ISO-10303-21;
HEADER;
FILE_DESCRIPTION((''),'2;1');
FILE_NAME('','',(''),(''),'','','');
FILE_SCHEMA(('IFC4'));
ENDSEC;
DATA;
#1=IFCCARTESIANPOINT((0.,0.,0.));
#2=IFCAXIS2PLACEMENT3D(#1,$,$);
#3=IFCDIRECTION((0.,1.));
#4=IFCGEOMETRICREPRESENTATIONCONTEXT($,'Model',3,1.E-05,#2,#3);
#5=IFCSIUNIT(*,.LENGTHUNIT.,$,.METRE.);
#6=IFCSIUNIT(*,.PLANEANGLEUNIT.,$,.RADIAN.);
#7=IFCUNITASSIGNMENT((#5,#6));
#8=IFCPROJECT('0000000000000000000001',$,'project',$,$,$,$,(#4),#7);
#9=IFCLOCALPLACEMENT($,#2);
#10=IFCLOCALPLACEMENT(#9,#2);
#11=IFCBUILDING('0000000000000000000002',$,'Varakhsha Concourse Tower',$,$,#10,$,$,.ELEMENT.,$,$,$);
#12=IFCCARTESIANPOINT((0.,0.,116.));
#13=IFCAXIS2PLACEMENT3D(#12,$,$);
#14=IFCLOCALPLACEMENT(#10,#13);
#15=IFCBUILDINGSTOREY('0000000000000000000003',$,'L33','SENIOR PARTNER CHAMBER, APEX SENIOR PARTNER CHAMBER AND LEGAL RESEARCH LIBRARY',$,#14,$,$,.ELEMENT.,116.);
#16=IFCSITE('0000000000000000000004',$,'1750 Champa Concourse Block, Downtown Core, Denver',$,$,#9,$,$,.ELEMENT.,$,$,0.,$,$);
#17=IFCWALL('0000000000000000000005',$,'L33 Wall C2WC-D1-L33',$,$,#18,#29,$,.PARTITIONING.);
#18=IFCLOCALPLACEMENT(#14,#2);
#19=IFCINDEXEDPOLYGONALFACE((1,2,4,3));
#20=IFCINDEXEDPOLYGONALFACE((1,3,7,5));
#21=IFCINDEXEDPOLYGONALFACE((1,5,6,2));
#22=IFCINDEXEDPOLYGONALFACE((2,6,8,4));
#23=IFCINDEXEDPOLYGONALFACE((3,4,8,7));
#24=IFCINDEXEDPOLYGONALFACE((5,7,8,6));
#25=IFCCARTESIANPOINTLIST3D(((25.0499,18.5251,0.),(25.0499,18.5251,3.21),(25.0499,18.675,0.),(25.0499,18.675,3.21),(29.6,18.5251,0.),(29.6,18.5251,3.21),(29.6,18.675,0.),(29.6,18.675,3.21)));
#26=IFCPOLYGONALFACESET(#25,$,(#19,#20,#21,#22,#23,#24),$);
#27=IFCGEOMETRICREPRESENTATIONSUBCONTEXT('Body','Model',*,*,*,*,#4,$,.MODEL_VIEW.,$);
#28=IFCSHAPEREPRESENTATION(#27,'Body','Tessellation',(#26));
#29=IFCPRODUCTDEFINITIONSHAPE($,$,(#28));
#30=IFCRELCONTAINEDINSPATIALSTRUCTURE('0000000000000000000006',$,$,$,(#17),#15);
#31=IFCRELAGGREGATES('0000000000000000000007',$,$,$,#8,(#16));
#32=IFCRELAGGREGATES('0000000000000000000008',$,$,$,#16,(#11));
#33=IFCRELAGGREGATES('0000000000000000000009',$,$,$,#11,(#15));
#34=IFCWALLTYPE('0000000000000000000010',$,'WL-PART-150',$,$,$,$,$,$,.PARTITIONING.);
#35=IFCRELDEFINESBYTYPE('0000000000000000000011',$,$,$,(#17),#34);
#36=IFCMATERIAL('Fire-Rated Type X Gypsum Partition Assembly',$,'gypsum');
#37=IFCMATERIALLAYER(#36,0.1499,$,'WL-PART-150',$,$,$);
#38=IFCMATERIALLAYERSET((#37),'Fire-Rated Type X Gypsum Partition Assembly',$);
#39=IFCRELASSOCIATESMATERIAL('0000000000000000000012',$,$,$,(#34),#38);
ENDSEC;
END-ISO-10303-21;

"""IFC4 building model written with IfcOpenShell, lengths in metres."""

from ifc_helpers import new_model, si_unit, direction, frame, frame_2d, origin, place, context, subcontext, project, spatial, rectangle, extrude, material, layer, layer_set, type_object, element, save


model = new_model("IFC4")

# Units and contexts
model_context = context("Model", 3, precision=1e-05, world=origin(), true_north=direction((0.0, 1.0)))
body_context = subcontext(model_context, "Body", "Model", "MODEL_VIEW")
ifc_project = project(units=[si_unit("LENGTHUNIT", "METRE"), si_unit("PLANEANGLEUNIT", "RADIAN")], contexts=[model_context])

# Site, building, storey
site_placement = place(None, origin())
site = spatial("IfcSite", under=ifc_project, at=site_placement, Name="1750 Champa Concourse Block, Downtown Core, Denver", CompositionType="ELEMENT", RefElevation=0.0)
building_placement = place(site_placement, origin())
building = spatial("IfcBuilding", under=site, at=building_placement, Name="Varakhsha Concourse Tower", CompositionType="ELEMENT")
storey_placement = place(building_placement, frame((0.0, 0.0, 116.0)))
storey = spatial("IfcBuildingStorey", under=building, at=storey_placement, Name="L33", Description="SENIOR PARTNER CHAMBER, APEX SENIOR PARTNER CHAMBER AND LEGAL RESEARCH LIBRARY", CompositionType="ELEMENT", Elevation=116.0)

# Shared definitions
ifc_material_1 = material(Name="Fire-Rated Type X Gypsum Partition Assembly", Category="gypsum")
ifc_layer = layer(ifc_material_1, 0.1499, Name="WL-PART-150")
ifc_layer_set = layer_set([ifc_layer], Name="Fire-Rated Type X Gypsum Partition Assembly")
wall_type = type_object("IfcWallType", Name="WL-PART-150", PredefinedType="PARTITIONING", material=ifc_layer_set)

# Wall
for number, where, z_axis, x_axis, name in (
    (1, (25.05, 18.6001, 0.0), (0.0, 0.0, 1.0), (1.0, 0.0, 0.0), "L33 Wall C2WC-D1-L33"),
):
    element("IfcWall", number, at=place(storey_placement, frame(where, z_axis=z_axis, x_axis=x_axis)), inside=storey, type_object=wall_type, Name=name, PredefinedType="PARTITIONING", context=body_context, shape_type="SweptSolid", body=[
        extrude(rectangle(XDim=4.55, YDim=0.1499, at=frame_2d((2.2749, 0.0))), origin(), (0.0, 0.0, 1.0), 3.21),
    ])

save(model, "model.ifc")
